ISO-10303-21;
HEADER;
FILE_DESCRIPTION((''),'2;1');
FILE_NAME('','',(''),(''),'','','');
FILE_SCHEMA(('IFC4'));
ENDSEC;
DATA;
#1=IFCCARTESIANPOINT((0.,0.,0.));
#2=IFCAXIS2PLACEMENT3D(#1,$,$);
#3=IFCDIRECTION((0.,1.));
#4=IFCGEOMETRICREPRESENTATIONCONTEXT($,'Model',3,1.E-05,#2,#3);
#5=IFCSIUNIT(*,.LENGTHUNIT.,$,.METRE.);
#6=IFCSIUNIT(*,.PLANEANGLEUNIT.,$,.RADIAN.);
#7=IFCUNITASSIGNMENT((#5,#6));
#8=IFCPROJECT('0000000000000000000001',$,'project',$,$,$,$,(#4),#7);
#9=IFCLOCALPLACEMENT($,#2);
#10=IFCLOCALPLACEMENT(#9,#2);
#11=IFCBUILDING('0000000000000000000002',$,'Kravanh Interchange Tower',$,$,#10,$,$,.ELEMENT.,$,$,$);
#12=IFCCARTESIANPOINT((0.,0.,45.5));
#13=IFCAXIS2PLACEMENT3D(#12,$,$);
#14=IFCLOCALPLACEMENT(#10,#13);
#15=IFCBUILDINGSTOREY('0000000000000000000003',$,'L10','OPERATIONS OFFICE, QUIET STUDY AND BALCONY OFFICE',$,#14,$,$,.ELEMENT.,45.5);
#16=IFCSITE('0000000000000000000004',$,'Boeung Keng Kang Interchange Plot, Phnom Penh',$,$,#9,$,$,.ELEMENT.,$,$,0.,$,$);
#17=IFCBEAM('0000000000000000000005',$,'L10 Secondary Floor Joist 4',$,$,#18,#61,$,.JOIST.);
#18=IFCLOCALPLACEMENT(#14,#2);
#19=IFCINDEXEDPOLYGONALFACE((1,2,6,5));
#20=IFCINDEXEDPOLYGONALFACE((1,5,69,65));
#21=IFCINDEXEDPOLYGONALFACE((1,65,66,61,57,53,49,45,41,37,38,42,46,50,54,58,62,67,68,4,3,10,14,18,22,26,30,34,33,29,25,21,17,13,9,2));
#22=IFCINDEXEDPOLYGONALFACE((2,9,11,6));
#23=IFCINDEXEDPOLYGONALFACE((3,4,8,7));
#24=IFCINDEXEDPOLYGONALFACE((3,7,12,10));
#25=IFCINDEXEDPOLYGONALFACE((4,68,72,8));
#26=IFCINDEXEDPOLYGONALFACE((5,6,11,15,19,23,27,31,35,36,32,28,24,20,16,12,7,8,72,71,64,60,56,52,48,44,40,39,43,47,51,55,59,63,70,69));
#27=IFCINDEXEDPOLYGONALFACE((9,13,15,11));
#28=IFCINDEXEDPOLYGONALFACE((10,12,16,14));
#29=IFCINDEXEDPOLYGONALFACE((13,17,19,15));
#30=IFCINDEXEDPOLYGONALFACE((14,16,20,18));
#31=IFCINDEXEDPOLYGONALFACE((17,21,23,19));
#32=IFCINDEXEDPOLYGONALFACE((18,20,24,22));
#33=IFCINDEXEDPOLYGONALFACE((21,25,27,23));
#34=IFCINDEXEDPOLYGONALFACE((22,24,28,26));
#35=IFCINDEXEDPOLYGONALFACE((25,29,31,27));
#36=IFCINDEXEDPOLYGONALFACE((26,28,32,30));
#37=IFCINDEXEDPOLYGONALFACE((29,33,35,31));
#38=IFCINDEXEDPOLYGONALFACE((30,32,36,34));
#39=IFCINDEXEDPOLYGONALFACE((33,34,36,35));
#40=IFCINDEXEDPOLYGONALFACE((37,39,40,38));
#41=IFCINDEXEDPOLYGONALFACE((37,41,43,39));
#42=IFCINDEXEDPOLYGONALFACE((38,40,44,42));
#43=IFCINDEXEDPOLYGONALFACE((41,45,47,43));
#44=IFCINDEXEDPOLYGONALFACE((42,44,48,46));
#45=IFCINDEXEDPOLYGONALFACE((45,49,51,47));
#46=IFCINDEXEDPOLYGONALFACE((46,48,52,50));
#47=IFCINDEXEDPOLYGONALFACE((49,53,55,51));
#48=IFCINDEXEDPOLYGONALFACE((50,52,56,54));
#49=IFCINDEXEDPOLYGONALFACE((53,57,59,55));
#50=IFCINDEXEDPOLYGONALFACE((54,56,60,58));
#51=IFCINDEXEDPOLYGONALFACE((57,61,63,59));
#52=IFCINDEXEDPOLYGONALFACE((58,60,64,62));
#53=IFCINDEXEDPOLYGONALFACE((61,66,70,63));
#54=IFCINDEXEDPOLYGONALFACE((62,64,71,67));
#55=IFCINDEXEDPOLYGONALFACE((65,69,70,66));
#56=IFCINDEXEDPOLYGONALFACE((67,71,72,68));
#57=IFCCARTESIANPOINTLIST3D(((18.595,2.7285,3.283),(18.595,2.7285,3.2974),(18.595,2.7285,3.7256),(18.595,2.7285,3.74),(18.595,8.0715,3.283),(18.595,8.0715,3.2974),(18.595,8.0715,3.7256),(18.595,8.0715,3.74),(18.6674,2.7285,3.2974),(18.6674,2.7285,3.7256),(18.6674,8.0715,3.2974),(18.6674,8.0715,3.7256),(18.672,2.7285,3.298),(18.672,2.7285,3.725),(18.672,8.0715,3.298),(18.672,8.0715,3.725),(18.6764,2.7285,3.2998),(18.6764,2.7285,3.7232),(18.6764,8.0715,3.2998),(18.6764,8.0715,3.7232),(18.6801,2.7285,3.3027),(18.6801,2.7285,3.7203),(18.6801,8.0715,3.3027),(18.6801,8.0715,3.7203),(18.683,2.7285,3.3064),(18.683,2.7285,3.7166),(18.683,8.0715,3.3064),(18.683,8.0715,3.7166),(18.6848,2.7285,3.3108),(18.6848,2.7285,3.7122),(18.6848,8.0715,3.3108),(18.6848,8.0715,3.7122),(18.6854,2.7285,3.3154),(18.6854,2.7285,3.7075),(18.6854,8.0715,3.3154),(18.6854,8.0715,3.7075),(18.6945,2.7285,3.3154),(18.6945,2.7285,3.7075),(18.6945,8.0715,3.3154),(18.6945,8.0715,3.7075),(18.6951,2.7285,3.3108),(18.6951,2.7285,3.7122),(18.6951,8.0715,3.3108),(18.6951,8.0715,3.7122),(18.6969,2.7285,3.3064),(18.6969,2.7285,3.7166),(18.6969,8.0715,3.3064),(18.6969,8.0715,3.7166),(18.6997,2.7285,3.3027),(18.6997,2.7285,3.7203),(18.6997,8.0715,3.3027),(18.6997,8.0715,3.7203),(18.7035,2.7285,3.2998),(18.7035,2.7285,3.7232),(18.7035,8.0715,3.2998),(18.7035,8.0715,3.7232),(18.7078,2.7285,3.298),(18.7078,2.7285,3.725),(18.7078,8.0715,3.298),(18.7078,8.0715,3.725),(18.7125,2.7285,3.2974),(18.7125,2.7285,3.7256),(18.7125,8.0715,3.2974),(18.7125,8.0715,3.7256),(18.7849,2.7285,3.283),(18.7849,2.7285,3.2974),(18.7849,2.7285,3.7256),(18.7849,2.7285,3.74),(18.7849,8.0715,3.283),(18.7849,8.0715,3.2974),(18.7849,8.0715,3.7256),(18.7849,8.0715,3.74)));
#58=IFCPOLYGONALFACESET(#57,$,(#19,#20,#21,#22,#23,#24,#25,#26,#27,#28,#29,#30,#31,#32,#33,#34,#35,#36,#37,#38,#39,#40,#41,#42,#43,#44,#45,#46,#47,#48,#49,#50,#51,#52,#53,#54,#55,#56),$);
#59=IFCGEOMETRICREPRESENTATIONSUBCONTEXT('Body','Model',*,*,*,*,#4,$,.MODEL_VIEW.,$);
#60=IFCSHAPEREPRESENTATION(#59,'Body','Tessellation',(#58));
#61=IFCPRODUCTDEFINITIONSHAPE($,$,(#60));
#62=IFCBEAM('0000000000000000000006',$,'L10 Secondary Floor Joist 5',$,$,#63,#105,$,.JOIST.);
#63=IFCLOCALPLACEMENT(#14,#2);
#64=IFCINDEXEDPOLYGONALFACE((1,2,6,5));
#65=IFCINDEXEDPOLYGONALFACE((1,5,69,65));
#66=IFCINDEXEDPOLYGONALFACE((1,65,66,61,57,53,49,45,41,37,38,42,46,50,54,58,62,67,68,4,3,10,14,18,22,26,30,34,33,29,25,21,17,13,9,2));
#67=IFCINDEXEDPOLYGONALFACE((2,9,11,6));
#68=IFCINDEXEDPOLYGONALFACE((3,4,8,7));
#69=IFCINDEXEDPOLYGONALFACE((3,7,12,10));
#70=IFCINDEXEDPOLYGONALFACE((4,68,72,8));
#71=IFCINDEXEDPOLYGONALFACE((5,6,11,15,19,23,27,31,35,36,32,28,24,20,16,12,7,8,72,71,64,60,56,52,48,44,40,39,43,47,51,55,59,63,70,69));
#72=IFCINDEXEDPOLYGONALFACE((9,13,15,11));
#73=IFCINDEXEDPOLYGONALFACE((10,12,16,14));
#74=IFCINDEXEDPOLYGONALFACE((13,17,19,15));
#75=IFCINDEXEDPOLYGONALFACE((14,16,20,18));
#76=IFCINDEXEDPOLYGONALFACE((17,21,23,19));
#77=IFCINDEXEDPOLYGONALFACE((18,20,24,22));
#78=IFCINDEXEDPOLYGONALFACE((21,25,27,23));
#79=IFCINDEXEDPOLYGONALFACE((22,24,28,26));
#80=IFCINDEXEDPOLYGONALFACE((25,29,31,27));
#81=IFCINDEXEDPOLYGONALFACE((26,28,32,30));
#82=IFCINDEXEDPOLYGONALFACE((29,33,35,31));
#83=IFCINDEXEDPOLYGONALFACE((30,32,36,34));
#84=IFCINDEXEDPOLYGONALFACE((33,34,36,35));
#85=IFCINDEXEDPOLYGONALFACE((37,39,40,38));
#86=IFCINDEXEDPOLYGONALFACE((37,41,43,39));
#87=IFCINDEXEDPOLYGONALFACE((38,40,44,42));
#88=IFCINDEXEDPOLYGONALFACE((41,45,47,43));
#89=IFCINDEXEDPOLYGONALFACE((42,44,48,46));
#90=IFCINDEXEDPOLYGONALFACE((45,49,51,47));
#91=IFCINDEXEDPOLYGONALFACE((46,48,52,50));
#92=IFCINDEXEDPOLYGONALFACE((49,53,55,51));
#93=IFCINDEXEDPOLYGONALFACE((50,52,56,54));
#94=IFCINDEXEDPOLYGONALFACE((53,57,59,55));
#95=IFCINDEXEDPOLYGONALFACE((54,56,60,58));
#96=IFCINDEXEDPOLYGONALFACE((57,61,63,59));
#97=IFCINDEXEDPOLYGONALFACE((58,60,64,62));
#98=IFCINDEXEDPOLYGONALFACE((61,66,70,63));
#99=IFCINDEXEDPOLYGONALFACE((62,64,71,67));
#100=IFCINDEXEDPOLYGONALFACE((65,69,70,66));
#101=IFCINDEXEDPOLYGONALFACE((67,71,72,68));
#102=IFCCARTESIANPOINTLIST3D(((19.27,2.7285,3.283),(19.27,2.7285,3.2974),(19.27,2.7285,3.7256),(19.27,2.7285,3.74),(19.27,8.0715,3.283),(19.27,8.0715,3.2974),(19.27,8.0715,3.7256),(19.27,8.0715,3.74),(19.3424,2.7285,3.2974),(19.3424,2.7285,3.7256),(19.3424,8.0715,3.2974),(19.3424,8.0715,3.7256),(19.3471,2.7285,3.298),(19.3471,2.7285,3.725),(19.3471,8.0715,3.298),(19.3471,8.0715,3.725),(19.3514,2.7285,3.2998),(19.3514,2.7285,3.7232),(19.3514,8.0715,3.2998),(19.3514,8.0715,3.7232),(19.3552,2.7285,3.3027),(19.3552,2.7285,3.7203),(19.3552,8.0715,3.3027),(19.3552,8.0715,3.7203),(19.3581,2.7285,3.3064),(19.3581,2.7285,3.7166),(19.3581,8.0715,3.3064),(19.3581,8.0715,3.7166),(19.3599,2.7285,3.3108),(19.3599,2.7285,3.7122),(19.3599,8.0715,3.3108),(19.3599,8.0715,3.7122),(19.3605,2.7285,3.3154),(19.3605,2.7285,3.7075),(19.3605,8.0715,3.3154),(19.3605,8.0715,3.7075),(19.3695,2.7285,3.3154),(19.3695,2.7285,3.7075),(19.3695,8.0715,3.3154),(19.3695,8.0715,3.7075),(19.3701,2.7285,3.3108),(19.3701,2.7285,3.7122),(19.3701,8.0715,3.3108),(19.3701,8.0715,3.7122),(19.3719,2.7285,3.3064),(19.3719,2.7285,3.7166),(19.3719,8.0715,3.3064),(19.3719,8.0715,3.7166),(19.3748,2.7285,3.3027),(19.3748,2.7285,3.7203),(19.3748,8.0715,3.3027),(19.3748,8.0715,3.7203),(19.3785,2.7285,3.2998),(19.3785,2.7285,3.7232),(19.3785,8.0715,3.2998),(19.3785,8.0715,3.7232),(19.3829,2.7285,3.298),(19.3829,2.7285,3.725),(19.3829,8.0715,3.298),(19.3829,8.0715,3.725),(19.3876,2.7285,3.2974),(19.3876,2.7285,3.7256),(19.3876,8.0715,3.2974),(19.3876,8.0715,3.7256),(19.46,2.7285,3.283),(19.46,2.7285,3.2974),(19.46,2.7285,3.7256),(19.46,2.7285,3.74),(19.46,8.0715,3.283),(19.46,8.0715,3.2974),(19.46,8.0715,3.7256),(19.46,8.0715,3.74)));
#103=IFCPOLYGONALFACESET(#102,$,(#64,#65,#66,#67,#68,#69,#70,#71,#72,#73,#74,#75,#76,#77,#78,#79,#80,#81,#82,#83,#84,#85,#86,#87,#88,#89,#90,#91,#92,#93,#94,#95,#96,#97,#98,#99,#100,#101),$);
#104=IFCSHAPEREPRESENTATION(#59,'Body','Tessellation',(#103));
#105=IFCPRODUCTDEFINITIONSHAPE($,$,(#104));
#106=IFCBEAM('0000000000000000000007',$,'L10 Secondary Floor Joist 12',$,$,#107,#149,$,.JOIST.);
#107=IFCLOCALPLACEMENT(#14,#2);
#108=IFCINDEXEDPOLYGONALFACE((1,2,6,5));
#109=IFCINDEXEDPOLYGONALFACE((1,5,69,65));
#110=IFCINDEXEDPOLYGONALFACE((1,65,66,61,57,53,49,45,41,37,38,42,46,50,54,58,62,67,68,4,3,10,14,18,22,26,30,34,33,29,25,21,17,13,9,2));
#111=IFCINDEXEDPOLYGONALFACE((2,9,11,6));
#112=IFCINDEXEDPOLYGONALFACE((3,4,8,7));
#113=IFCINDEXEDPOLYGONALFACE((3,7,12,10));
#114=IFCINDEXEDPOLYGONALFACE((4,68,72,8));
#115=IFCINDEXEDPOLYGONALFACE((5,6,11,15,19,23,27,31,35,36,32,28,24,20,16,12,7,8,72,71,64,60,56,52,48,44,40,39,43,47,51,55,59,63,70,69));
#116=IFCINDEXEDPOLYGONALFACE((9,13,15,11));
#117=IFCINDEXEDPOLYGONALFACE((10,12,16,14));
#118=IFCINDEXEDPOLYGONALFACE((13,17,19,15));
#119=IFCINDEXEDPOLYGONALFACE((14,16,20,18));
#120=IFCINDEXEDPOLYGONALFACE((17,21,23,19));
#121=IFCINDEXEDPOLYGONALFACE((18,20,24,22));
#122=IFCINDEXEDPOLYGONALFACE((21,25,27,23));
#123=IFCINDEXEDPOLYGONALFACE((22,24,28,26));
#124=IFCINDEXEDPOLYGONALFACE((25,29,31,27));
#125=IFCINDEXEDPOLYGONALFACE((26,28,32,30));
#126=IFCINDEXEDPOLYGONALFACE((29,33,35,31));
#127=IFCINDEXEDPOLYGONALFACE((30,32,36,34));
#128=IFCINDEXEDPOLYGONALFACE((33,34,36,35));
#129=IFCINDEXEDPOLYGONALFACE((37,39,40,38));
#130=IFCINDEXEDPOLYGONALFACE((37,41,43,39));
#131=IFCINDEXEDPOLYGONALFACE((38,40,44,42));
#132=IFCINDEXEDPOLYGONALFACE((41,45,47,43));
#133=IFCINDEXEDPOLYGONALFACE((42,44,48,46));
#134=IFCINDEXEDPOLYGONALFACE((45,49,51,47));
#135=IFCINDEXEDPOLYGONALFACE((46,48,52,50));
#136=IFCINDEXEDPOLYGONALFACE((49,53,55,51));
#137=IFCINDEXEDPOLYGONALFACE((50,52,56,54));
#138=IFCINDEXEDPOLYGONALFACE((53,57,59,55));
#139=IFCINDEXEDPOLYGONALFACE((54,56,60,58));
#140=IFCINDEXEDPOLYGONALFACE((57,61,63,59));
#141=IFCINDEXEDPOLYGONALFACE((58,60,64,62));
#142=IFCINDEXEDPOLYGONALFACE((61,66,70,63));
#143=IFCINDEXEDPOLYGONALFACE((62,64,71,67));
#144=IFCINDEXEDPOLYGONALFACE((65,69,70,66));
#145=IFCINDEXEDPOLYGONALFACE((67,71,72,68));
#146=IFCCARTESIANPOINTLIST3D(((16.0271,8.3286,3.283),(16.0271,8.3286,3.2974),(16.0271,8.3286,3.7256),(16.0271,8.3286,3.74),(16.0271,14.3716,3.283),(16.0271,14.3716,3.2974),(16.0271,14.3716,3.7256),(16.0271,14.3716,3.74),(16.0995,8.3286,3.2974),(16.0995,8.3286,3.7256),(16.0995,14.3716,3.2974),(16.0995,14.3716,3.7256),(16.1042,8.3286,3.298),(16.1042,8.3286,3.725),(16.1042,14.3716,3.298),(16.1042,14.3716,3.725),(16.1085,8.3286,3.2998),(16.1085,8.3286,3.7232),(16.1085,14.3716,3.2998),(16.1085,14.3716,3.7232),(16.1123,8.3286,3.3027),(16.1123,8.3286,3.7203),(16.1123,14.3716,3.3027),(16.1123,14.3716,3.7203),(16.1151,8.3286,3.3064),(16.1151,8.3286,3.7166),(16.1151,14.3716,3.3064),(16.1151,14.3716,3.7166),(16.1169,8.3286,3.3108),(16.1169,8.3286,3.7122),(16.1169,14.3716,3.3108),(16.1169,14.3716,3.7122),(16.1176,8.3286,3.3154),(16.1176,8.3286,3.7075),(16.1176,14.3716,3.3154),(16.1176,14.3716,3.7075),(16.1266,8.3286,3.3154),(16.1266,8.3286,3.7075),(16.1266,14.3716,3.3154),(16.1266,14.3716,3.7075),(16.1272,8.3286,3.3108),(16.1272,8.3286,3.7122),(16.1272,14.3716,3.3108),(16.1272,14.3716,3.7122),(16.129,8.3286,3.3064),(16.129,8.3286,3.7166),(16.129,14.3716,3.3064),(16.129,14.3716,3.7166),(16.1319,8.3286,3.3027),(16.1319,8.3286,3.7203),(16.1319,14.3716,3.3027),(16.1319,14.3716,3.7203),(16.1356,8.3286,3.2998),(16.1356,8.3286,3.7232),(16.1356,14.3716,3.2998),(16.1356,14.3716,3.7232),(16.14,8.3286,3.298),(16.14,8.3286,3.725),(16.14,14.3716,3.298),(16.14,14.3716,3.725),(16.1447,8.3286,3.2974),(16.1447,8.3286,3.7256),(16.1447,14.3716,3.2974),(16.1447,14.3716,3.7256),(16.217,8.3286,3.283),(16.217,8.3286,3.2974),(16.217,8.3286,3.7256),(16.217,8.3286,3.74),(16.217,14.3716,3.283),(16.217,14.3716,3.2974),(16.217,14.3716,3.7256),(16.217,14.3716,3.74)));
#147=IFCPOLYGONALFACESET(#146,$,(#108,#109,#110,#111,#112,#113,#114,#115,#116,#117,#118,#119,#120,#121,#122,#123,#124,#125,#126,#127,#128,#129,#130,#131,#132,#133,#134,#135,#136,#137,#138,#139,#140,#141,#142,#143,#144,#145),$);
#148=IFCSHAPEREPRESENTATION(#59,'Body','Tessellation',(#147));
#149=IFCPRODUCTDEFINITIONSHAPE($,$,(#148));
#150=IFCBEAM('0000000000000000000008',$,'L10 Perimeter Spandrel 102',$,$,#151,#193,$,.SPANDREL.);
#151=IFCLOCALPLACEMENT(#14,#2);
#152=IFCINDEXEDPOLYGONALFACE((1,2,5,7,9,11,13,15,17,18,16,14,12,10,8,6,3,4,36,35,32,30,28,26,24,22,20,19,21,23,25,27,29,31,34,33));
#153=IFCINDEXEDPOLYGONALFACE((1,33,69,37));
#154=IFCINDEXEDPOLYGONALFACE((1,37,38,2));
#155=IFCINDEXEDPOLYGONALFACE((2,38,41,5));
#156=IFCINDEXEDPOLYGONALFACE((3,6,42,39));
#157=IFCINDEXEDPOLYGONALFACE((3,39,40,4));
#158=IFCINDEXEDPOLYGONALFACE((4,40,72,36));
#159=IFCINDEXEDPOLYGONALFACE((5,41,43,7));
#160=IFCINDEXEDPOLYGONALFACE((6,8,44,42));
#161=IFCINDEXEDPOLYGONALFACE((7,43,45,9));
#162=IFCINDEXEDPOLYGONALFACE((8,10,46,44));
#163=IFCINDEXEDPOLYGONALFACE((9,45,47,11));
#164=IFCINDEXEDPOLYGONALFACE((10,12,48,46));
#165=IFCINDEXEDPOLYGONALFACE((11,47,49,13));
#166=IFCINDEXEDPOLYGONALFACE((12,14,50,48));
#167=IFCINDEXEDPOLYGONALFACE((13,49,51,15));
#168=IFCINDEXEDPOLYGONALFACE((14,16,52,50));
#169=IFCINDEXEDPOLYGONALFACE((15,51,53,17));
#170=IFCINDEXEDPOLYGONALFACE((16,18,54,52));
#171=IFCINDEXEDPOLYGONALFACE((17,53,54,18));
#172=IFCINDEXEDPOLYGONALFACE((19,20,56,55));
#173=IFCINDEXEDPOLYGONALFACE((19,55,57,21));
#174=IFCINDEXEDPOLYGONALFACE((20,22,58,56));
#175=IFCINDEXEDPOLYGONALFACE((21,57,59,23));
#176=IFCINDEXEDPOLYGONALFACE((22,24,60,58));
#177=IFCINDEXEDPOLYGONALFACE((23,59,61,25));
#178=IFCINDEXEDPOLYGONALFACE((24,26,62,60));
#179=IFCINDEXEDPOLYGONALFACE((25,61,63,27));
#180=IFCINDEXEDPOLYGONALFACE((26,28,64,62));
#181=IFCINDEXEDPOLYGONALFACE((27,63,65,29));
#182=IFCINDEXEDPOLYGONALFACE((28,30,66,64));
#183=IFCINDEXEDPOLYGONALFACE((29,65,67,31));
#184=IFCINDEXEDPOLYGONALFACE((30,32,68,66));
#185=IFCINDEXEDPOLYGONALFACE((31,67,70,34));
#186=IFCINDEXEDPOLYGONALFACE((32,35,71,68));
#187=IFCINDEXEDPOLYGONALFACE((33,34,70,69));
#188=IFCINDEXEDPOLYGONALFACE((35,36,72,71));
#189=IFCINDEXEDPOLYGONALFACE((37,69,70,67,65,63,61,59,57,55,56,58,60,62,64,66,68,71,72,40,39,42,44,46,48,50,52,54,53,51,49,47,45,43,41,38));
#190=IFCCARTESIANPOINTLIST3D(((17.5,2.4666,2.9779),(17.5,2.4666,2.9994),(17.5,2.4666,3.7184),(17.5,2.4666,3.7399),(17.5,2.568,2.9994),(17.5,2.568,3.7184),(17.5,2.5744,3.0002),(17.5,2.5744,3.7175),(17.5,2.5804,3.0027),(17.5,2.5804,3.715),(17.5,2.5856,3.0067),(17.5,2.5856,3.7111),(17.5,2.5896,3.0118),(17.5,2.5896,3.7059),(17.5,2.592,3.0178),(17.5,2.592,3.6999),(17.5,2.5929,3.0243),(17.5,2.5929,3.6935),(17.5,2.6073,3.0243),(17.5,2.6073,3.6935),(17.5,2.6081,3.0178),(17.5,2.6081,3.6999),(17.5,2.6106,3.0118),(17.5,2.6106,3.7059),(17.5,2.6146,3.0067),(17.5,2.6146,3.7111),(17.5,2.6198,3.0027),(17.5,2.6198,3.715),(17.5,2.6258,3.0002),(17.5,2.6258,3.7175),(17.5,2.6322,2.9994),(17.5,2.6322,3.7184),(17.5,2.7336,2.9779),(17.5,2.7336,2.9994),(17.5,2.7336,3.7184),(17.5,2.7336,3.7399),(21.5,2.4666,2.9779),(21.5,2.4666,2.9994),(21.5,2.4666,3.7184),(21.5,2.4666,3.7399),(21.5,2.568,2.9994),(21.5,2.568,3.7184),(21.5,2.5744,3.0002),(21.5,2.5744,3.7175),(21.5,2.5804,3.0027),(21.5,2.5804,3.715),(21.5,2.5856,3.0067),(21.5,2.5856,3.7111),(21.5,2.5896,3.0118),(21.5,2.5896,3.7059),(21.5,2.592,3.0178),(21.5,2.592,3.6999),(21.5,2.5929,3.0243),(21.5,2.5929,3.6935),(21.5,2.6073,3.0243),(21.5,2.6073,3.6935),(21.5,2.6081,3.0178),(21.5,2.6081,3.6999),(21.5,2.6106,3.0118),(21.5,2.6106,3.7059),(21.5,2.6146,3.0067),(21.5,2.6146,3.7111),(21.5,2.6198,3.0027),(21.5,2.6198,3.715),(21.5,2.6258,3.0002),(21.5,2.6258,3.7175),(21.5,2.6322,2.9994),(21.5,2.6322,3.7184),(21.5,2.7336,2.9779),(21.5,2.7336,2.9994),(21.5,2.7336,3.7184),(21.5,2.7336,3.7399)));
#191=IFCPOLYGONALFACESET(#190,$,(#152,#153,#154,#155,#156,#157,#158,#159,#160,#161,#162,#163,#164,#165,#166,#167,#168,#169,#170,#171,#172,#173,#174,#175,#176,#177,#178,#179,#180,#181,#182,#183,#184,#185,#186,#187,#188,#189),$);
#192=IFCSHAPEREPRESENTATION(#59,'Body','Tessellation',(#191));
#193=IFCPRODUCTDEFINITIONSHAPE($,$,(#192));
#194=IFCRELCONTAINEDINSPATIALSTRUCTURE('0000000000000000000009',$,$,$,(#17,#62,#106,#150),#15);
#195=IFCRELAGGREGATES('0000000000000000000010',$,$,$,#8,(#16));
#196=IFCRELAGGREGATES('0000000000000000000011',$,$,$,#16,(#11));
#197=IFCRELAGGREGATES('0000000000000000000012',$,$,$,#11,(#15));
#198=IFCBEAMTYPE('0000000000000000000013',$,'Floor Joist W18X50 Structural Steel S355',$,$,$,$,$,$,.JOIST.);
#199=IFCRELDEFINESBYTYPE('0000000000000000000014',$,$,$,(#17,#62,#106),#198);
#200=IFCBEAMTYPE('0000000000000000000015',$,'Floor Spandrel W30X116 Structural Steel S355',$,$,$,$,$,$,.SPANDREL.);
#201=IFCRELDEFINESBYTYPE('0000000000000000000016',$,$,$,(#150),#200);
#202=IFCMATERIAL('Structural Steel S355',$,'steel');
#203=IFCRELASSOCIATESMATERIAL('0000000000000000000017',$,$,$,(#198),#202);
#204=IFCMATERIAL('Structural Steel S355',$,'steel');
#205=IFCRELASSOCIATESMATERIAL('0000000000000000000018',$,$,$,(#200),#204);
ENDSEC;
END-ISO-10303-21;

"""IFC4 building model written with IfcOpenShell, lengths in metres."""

from ifc_helpers import new_model, si_unit, direction, frame, origin, origin_2d, place, context, subcontext, project, spatial, i_section, extrude, material, material_profile, profile_set, type_object, element, save


model = new_model("IFC4")

# Units and contexts
model_context = context("Model", 3, precision=1e-05, world=origin(), true_north=direction((0.0, 1.0)))
body_context = subcontext(model_context, "Body", "Model", "MODEL_VIEW")
ifc_project = project(units=[si_unit("LENGTHUNIT", "METRE"), si_unit("PLANEANGLEUNIT", "RADIAN")], contexts=[model_context])

# Site, building, storey
site_placement = place(None, origin())
site = spatial("IfcSite", under=ifc_project, at=site_placement, Name="Boeung Keng Kang Interchange Plot, Phnom Penh", CompositionType="ELEMENT", RefElevation=0.0)
building_placement = place(site_placement, origin())
building = spatial("IfcBuilding", under=site, at=building_placement, Name="Kravanh Interchange Tower", CompositionType="ELEMENT")
storey_placement = place(building_placement, frame((0.0, 0.0, 45.5)))
storey = spatial("IfcBuildingStorey", under=building, at=storey_placement, Name="L10", Description="OPERATIONS OFFICE, QUIET STUDY AND BALCONY OFFICE", CompositionType="ELEMENT", Elevation=45.5)

# Beams
ifc_material_1 = material(Name="Structural Steel S355", Category="steel")
ifc_material_profile_1 = material_profile(ifc_material_1, i_section(OverallWidth=0.1899, OverallDepth=0.457, WebThickness=0.009, FlangeThickness=0.0144, FilletRadius=0.0181, at=origin_2d()), Name="W18X50")
ifc_profile_set_1 = profile_set([ifc_material_profile_1], Name="Structural Steel S355")
beam_type_1 = type_object("IfcBeamType", Name="Floor Joist W18X50 Structural Steel S355", PredefinedType="JOIST", material=ifc_profile_set_1)
for number, where, z_axis, x_axis, name in (
    (1, (18.6899, 2.7285, 3.5115), (0.0, 1.0, 0.0), (-1.0, 0.0, 0.0), "L10 Secondary Floor Joist 4"),
    (2, (19.365, 2.7285, 3.5115), (0.0, 1.0, 0.0), (-1.0, 0.0, 0.0), "L10 Secondary Floor Joist 5"),
):
    element("IfcBeam", number, at=place(storey_placement, frame(where, z_axis=z_axis, x_axis=x_axis)), inside=storey, type_object=beam_type_1, Name=name, PredefinedType="JOIST", context=body_context, shape_type="SweptSolid", body=[
        extrude(i_section(OverallWidth=0.1899, OverallDepth=0.457, WebThickness=0.009, FlangeThickness=0.0144, FilletRadius=0.0181, at=origin_2d()), origin(), (0.0, 0.0, 1.0), 5.343),
    ])
beam_1_placement = place(storey_placement, frame((16.1221, 8.3286, 3.5115), z_axis=(0.0, 1.0, 0.0), x_axis=(-1.0, 0.0, 0.0)))
element("IfcBeam", 3, at=beam_1_placement, inside=storey, type_object=beam_type_1, Name="L10 Secondary Floor Joist 12", PredefinedType="JOIST", context=body_context, shape_type="SweptSolid", body=[
    extrude(i_section(OverallWidth=0.1899, OverallDepth=0.457, WebThickness=0.009, FlangeThickness=0.0144, FilletRadius=0.0181, at=origin_2d()), origin(), (0.0, 0.0, 1.0), 6.043),
])
ifc_material_2 = material(Name="Structural Steel S355", Category="steel")
ifc_material_profile_2 = material_profile(ifc_material_2, i_section(OverallWidth=0.2671, OverallDepth=0.762, WebThickness=0.0144, FlangeThickness=0.0215, FilletRadius=0.0249, at=origin_2d()), Name="W30X116")
ifc_profile_set_2 = profile_set([ifc_material_profile_2], Name="Structural Steel S355")
beam_type_2 = type_object("IfcBeamType", Name="Floor Spandrel W30X116 Structural Steel S355", PredefinedType="SPANDREL", material=ifc_profile_set_2)
beam_2_placement = place(storey_placement, frame((17.5, 2.6001, 3.3589), z_axis=(1.0, 0.0, 0.0), x_axis=(0.0, 1.0, 0.0)))
element("IfcBeam", 4, at=beam_2_placement, inside=storey, type_object=beam_type_2, Name="L10 Perimeter Spandrel 102", PredefinedType="SPANDREL", context=body_context, shape_type="SweptSolid", body=[
    extrude(i_section(OverallWidth=0.2671, OverallDepth=0.762, WebThickness=0.0144, FlangeThickness=0.0215, FilletRadius=0.0249, at=origin_2d()), origin(), (0.0, 0.0, 1.0), 4.0),
])

save(model, "model.ifc")
